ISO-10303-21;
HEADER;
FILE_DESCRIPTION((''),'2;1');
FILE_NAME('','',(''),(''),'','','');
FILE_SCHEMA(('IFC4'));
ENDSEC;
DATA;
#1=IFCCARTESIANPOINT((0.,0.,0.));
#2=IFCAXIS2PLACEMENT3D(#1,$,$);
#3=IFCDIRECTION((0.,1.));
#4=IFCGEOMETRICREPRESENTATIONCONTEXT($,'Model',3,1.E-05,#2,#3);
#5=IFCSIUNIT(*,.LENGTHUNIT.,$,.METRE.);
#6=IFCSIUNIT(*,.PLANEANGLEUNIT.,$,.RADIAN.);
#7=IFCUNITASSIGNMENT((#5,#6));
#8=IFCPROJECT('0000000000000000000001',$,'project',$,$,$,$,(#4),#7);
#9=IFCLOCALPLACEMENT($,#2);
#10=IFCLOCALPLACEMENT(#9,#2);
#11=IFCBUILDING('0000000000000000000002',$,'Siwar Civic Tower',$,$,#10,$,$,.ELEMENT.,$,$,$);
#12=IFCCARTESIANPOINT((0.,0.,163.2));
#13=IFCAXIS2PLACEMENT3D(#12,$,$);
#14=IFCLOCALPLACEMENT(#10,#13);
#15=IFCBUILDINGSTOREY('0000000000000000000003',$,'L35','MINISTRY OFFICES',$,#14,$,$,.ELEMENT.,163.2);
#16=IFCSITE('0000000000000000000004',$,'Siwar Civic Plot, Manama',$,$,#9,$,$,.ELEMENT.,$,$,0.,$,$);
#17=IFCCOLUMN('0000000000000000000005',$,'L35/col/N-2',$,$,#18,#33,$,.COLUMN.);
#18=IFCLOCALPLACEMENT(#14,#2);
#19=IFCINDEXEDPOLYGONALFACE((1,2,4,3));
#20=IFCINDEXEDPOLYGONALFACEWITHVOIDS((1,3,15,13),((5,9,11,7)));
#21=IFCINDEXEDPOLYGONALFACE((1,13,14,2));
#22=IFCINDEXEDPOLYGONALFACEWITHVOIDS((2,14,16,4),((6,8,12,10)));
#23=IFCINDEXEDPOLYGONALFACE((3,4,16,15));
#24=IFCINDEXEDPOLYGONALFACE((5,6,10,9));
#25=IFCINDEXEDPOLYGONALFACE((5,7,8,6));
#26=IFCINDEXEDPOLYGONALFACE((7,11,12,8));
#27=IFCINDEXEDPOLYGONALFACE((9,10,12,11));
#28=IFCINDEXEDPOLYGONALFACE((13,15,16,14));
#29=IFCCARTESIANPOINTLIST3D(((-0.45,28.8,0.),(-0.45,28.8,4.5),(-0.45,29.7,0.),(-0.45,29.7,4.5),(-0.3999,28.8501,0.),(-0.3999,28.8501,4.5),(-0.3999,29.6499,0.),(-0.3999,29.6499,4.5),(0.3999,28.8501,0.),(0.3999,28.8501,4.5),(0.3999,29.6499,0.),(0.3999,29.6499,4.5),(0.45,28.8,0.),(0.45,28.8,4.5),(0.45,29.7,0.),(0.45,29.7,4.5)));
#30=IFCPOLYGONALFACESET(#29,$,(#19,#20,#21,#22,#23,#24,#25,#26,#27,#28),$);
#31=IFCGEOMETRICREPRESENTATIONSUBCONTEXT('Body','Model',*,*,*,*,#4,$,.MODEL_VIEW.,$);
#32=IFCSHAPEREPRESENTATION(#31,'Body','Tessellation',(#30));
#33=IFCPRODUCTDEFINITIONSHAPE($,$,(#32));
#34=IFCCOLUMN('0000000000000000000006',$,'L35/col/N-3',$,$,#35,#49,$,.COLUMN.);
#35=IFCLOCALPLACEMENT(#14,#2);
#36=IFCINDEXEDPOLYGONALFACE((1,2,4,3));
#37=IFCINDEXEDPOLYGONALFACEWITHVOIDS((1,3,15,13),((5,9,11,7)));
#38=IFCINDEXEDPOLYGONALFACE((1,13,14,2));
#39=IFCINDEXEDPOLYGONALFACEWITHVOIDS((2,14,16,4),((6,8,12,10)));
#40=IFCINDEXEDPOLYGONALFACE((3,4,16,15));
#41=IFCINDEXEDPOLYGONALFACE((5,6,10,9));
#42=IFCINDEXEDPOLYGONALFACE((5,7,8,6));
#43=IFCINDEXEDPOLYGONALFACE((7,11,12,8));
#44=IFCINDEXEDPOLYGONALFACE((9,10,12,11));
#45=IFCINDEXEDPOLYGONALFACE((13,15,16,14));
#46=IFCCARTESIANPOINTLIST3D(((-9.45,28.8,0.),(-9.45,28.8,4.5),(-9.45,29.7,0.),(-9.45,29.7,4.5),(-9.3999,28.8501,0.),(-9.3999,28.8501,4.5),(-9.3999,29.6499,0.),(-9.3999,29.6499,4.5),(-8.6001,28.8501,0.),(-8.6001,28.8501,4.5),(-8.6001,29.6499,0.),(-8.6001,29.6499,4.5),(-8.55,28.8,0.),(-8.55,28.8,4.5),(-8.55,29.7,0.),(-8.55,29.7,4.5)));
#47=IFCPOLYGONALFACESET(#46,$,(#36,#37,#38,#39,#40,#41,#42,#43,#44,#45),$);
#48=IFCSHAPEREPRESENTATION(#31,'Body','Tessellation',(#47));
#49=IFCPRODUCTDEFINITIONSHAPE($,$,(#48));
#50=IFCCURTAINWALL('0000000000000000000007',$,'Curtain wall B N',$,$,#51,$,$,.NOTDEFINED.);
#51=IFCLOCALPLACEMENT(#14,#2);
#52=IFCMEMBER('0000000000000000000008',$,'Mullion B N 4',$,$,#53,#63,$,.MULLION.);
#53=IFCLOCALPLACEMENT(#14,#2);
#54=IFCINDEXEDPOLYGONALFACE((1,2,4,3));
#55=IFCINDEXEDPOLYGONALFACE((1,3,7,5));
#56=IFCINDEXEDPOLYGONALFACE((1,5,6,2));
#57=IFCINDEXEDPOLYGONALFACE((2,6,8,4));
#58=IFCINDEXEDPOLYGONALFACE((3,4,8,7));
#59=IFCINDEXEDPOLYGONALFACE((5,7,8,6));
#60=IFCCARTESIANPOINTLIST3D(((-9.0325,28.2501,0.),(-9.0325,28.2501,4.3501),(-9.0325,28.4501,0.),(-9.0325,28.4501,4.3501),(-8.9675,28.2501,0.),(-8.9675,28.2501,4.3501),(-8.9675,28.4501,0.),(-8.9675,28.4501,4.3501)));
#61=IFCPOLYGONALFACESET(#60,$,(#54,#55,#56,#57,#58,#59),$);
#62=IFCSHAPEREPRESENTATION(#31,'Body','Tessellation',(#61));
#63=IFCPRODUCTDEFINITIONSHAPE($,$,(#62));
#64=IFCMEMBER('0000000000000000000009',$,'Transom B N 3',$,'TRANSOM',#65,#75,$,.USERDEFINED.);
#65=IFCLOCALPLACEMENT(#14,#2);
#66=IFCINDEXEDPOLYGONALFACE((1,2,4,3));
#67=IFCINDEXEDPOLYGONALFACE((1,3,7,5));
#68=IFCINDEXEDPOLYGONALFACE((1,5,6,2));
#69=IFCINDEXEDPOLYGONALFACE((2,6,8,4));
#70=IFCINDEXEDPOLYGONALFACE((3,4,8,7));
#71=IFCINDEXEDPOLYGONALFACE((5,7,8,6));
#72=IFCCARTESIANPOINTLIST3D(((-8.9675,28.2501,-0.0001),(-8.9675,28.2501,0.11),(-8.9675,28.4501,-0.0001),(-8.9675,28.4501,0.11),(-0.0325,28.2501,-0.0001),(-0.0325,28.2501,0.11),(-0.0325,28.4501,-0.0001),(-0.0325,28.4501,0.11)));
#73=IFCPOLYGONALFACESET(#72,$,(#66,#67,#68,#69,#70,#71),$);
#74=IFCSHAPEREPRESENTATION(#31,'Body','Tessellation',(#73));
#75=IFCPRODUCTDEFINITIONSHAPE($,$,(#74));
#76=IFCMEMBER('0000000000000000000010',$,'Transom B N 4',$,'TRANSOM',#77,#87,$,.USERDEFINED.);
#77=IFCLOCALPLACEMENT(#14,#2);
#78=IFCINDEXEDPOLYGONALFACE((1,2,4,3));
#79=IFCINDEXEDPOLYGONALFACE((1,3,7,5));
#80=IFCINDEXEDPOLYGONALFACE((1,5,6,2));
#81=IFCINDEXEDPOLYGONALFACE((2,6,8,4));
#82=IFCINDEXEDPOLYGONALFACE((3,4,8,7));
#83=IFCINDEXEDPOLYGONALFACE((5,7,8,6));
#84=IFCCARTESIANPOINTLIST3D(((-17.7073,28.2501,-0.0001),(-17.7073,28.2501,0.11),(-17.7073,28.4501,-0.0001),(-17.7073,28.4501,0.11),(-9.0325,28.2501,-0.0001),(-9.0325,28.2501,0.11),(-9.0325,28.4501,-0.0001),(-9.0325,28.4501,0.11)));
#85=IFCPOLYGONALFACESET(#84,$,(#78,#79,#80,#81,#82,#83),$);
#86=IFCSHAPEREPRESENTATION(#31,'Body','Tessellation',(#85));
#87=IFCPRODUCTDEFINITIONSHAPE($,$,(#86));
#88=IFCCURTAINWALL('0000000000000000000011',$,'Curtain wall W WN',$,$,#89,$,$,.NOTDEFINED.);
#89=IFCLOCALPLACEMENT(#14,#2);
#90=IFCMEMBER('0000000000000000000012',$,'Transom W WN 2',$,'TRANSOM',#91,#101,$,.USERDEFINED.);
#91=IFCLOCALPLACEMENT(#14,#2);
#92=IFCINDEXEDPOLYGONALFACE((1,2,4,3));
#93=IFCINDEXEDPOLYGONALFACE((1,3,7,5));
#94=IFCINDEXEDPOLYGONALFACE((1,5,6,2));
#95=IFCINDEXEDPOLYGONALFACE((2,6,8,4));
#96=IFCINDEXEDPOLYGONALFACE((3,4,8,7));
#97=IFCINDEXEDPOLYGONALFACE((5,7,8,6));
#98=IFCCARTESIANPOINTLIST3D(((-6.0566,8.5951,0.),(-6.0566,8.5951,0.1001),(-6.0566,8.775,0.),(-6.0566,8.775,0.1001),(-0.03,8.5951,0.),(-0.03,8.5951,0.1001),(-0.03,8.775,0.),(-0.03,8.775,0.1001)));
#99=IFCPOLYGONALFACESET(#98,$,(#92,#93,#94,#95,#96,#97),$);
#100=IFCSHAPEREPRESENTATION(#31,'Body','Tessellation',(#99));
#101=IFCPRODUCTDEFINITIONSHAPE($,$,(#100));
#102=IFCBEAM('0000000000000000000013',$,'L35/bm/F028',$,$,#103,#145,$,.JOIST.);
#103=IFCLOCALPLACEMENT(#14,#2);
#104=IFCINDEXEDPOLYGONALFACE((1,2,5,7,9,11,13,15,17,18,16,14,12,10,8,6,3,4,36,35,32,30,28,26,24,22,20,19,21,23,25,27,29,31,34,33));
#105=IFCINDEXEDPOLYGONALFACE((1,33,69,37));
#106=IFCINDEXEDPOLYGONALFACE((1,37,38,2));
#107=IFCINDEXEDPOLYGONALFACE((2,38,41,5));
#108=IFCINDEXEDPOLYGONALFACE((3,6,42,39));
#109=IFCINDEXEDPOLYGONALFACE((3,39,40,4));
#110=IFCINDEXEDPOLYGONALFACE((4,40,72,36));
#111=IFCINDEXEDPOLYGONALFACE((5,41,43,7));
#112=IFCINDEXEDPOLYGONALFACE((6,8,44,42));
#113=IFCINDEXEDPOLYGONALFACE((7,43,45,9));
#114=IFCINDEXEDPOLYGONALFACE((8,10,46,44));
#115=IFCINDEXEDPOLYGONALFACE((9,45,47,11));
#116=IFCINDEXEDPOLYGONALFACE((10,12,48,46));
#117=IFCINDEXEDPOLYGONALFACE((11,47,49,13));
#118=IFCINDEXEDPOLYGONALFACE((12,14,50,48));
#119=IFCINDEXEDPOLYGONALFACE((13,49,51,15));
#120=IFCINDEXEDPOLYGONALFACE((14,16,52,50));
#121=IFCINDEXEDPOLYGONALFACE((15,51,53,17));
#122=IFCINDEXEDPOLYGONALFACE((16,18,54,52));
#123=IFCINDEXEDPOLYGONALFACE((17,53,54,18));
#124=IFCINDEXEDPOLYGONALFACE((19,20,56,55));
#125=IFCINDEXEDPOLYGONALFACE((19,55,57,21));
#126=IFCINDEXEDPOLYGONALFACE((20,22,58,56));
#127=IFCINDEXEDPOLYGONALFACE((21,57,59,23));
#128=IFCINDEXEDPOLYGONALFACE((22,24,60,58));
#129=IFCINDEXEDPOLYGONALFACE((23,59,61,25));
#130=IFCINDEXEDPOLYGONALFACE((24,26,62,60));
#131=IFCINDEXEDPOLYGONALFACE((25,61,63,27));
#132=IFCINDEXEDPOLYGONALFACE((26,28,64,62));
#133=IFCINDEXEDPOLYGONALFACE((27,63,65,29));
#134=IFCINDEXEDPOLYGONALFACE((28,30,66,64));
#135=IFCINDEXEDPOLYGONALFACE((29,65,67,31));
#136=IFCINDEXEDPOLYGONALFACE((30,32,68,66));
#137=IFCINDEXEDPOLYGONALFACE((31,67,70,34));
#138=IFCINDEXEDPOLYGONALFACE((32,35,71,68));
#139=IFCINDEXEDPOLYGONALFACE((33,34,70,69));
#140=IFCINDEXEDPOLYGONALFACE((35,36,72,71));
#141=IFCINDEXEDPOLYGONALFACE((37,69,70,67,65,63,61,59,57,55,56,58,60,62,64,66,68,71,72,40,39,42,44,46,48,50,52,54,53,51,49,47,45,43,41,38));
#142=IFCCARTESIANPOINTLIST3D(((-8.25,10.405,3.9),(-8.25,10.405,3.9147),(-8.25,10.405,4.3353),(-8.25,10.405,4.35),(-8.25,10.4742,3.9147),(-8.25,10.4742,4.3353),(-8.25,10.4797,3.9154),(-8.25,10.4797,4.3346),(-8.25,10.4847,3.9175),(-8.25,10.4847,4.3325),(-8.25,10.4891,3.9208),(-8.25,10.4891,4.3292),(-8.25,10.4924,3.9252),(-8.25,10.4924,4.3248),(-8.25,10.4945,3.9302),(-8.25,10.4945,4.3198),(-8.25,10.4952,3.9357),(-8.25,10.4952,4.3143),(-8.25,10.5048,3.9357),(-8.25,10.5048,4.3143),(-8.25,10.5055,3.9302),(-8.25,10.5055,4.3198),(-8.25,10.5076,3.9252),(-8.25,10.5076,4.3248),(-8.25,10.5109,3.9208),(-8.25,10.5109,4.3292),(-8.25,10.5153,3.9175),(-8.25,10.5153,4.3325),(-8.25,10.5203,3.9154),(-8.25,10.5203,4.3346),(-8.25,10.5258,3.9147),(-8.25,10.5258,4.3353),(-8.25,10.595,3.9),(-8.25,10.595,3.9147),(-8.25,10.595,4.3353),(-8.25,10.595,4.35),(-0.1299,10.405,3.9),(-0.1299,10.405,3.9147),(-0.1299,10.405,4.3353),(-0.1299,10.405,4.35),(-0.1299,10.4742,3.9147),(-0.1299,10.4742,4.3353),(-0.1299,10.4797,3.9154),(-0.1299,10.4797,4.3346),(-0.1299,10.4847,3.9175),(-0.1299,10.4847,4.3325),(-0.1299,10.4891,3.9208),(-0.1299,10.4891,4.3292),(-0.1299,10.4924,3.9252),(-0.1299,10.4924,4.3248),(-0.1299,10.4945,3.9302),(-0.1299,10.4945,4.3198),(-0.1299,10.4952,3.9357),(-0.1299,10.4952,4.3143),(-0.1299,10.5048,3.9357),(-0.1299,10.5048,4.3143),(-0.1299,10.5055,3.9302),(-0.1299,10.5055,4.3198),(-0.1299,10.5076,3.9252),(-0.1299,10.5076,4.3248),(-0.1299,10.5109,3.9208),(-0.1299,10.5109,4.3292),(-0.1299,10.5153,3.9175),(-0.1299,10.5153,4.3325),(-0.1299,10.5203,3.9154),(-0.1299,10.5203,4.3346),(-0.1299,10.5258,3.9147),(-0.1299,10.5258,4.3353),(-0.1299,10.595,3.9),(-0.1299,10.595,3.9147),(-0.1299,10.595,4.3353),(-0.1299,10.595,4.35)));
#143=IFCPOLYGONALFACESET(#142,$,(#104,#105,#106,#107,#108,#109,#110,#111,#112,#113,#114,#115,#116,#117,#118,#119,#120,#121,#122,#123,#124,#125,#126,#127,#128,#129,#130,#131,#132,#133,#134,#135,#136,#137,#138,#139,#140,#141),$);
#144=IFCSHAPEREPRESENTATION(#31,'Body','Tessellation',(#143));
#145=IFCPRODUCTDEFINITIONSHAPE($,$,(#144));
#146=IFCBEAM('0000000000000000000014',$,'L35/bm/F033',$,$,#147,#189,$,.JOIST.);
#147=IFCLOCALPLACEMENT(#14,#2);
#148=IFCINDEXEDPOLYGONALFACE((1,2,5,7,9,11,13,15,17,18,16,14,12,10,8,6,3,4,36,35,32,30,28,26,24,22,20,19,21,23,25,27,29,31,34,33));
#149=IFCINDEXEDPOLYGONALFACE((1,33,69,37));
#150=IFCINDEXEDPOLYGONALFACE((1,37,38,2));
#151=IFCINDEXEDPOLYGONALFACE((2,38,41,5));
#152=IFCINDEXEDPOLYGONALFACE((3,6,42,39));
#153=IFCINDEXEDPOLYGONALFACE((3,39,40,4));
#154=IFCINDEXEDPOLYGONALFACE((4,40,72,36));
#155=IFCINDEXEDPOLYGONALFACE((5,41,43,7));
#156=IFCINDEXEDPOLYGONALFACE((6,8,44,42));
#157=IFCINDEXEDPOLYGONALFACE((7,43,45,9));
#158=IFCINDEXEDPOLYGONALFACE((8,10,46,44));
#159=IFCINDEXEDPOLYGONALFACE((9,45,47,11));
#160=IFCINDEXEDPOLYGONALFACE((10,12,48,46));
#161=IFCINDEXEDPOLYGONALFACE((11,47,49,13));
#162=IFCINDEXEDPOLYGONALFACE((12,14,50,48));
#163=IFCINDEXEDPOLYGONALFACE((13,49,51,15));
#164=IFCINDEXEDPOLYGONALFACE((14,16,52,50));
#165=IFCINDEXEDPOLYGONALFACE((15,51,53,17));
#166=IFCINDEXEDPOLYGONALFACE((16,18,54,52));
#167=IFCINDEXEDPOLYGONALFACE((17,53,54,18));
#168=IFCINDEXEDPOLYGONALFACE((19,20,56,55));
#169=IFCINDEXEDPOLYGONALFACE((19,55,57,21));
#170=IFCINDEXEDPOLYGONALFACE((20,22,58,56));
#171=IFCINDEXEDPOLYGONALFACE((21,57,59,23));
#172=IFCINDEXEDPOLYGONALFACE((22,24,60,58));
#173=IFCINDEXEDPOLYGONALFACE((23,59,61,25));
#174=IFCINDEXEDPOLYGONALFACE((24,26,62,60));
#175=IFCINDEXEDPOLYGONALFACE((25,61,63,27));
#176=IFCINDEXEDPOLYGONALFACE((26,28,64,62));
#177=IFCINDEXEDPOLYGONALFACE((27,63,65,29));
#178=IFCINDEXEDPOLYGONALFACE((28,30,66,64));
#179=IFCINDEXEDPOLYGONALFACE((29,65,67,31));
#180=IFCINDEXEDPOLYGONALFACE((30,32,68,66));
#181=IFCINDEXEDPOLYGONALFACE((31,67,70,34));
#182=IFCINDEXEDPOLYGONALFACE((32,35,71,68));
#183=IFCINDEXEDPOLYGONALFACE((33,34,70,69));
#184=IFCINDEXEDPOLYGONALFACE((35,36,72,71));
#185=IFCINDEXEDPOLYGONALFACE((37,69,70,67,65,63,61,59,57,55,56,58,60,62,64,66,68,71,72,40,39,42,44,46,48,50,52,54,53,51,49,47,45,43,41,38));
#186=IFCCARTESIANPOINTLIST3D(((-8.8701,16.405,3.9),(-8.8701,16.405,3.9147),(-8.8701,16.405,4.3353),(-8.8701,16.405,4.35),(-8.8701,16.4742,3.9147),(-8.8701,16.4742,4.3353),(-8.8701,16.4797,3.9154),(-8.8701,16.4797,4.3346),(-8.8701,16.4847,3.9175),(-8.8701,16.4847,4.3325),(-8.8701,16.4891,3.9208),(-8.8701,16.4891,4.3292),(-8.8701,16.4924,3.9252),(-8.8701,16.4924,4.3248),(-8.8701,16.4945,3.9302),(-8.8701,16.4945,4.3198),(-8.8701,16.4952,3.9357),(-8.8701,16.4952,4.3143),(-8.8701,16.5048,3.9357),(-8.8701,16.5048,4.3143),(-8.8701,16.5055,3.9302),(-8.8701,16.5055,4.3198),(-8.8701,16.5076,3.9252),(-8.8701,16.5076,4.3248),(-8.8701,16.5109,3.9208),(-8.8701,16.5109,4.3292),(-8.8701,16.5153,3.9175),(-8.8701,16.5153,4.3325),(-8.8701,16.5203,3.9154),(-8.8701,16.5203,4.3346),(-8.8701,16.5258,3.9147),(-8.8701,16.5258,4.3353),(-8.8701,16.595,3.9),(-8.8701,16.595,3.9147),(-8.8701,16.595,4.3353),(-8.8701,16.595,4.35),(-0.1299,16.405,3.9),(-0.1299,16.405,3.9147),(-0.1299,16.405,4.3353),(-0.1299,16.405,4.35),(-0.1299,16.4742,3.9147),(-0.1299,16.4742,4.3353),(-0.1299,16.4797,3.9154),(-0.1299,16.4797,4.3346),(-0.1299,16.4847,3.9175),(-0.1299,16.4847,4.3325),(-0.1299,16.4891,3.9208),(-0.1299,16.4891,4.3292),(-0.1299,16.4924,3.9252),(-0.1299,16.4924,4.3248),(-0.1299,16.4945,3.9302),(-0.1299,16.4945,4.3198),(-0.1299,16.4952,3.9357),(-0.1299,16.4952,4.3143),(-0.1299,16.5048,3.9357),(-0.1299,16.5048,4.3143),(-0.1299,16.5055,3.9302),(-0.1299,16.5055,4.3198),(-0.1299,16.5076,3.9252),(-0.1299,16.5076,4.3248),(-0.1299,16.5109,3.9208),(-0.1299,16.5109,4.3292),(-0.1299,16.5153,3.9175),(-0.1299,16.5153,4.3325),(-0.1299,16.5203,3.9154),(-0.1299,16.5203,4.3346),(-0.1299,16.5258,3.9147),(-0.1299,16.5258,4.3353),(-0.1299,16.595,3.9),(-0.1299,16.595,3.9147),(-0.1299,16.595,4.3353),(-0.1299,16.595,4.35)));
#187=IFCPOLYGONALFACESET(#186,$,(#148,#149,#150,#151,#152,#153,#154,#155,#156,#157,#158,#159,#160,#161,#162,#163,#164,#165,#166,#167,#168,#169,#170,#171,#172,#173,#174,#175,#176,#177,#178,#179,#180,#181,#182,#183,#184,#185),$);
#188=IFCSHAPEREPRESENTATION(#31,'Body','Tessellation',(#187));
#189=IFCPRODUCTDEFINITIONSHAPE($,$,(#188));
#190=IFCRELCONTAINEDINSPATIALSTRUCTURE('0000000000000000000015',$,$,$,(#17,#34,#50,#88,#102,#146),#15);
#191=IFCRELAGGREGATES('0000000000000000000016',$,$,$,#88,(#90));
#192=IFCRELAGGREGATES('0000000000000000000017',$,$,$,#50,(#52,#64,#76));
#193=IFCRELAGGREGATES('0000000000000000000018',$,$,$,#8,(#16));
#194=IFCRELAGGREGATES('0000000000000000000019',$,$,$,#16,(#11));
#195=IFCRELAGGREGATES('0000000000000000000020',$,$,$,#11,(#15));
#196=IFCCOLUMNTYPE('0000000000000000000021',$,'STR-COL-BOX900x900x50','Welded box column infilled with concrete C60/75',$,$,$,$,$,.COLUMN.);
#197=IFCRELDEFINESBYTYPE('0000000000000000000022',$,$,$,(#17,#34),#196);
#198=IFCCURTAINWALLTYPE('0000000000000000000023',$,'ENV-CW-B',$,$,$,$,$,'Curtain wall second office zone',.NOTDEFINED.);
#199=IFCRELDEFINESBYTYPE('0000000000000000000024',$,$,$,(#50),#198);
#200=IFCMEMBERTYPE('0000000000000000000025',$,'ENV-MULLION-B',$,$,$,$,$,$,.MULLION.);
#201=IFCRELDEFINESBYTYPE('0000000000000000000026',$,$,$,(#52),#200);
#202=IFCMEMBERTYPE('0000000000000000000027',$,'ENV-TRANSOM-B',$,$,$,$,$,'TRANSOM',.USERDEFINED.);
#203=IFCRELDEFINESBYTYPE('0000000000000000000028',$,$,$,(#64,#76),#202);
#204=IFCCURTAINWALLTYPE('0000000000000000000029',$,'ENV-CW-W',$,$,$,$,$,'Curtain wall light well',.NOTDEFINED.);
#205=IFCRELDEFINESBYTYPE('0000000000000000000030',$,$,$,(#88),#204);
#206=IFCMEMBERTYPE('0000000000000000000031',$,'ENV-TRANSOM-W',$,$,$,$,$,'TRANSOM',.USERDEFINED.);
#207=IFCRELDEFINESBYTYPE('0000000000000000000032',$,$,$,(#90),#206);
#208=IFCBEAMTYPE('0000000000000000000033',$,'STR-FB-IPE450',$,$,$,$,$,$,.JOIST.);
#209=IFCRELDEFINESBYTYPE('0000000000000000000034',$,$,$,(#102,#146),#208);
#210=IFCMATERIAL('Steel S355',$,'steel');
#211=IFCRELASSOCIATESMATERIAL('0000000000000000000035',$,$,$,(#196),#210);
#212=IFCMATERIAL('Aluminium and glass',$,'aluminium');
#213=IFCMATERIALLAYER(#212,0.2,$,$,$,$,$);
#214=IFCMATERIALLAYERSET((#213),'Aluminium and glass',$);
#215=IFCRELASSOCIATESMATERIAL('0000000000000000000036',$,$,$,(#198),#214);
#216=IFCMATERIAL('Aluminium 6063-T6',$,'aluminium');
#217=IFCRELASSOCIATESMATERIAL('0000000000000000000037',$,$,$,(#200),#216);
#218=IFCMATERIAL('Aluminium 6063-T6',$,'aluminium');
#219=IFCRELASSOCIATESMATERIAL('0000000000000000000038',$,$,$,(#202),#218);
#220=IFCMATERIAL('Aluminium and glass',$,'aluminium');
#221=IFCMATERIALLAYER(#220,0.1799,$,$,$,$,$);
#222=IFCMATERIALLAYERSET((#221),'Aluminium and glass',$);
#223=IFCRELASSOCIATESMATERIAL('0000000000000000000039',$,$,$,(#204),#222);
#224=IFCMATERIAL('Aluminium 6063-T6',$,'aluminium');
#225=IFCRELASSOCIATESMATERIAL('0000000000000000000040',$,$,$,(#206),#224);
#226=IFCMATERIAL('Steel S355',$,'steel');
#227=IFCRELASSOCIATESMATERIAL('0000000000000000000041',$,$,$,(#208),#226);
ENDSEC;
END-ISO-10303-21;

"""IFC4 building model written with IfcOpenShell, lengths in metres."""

from ifc_helpers import new_model, si_unit, direction, frame, origin, origin_2d, place, context, subcontext, project, spatial, rectangle, hollow_rectangle, i_section, extrude, material, layer, layer_set, material_profile, profile_set, type_object, element, aggregate, save


model = new_model("IFC4")

# Units and contexts
model_context = context("Model", 3, precision=1e-05, world=origin(), true_north=direction((0.0, 1.0)))
body_context = subcontext(model_context, "Body", "Model", "MODEL_VIEW")
ifc_project = project(units=[si_unit("LENGTHUNIT", "METRE"), si_unit("PLANEANGLEUNIT", "RADIAN")], contexts=[model_context])

# Site, building, storey
site_placement = place(None, origin())
site = spatial("IfcSite", under=ifc_project, at=site_placement, Name="Siwar Civic Plot, Manama", CompositionType="ELEMENT", RefElevation=0.0)
building_placement = place(site_placement, origin())
building = spatial("IfcBuilding", under=site, at=building_placement, Name="Siwar Civic Tower", CompositionType="ELEMENT")
storey_placement = place(building_placement, frame((0.0, 0.0, 163.2)))
storey = spatial("IfcBuildingStorey", under=building, at=storey_placement, Name="L35", Description="MINISTRY OFFICES", CompositionType="ELEMENT", Elevation=163.2)

# Columns
ifc_material_1 = material(Name="Steel S355", Category="steel")
ifc_material_profile_1 = material_profile(ifc_material_1, hollow_rectangle(XDim=0.8999, YDim=0.8999, WallThickness=0.05, at=origin_2d()), Name="BOX900x900x50")
ifc_profile_set_1 = profile_set([ifc_material_profile_1], Name="Steel S355")
column_type = type_object("IfcColumnType", Name="STR-COL-BOX900x900x50", Description="Welded box column infilled with concrete C60/75", PredefinedType="COLUMN", material=ifc_profile_set_1)
for number, where, z_axis, x_axis, name in (
    (1, (0.0, 29.25, 0.0), (0.0, 0.0, 1.0), (1.0, 0.0, 0.0), "L35/col/N-2"),
    (2, (-9.0, 29.25, 0.0), (0.0, 0.0, 1.0), (1.0, 0.0, 0.0), "L35/col/N-3"),
):
    element("IfcColumn", number, at=place(storey_placement, frame(where, z_axis=z_axis, x_axis=x_axis)), inside=storey, type_object=column_type, Name=name, PredefinedType="COLUMN", context=body_context, shape_type="SweptSolid", body=[
        extrude(hollow_rectangle(XDim=0.8999, YDim=0.8999, WallThickness=0.05, at=origin_2d()), origin(), (0.0, 0.0, 1.0), 4.5),
    ])

# Curtain wall, members
ifc_material_2 = material(Name="Aluminium and glass", Category="aluminium")
ifc_layer_1 = layer(ifc_material_2, 0.2)
ifc_layer_set_1 = layer_set([ifc_layer_1], Name="Aluminium and glass")
curtain_wall_type_1 = type_object("IfcCurtainWallType", Name="ENV-CW-B", ElementType="Curtain wall second office zone", PredefinedType="NOTDEFINED", material=ifc_layer_set_1)
curtain_wall_1_placement = place(storey_placement, origin())
curtain_wall_1 = element("IfcCurtainWall", 3, at=curtain_wall_1_placement, inside=storey, type_object=curtain_wall_type_1, Name="Curtain wall B N", PredefinedType="NOTDEFINED")
ifc_material_3 = material(Name="Aluminium 6063-T6", Category="aluminium")
ifc_material_profile_2 = material_profile(ifc_material_3, rectangle(XDim=0.2, YDim=0.0649, at=origin_2d()), Name="AL 200x65")
ifc_profile_set_2 = profile_set([ifc_material_profile_2], Name="Aluminium 6063-T6")
member_type_1 = type_object("IfcMemberType", Name="ENV-MULLION-B", PredefinedType="MULLION", material=ifc_profile_set_2)
member_1_placement = place(storey_placement, frame((-9.0, 28.3501, 0.0), z_axis=(0.0, 0.0, 1.0), x_axis=(0.0, -1.0, 0.0)))
member_1 = element("IfcMember", 4, at=member_1_placement, type_object=member_type_1, Name="Mullion B N 4", PredefinedType="MULLION", context=body_context, shape_type="SweptSolid", body=[
    extrude(rectangle(XDim=0.2, YDim=0.0649, at=origin_2d()), origin(), (0.0, 0.0, 1.0), 4.3501),
])
ifc_material_4 = material(Name="Aluminium 6063-T6", Category="aluminium")
ifc_material_profile_3 = material_profile(ifc_material_4, rectangle(XDim=0.2, YDim=0.1101, at=origin_2d()), Name="AL 200x110")
ifc_profile_set_3 = profile_set([ifc_material_profile_3], Name="Aluminium 6063-T6")
member_type_2 = type_object("IfcMemberType", Name="ENV-TRANSOM-B", ElementType="TRANSOM", PredefinedType="USERDEFINED", material=ifc_profile_set_3)
member_2_placement = place(storey_placement, frame((-0.0325, 28.3501, 0.0549), z_axis=(-1.0, 0.0, 0.0), x_axis=(0.0, -1.0, 0.0)))
member_2 = element("IfcMember", 5, at=member_2_placement, type_object=member_type_2, Name="Transom B N 3", ObjectType="TRANSOM", PredefinedType="USERDEFINED", context=body_context, shape_type="SweptSolid", body=[
    extrude(rectangle(XDim=0.2, YDim=0.1101, at=origin_2d()), origin(), (0.0, 0.0, 1.0), 8.9351),
])
member_3_placement = place(storey_placement, frame((-9.0325, 28.3501, 0.0549), z_axis=(-1.0, 0.0, 0.0), x_axis=(0.0, -1.0, 0.0)))
member_3 = element("IfcMember", 6, at=member_3_placement, type_object=member_type_2, Name="Transom B N 4", ObjectType="TRANSOM", PredefinedType="USERDEFINED", context=body_context, shape_type="SweptSolid", body=[
    extrude(rectangle(XDim=0.2, YDim=0.1101, at=origin_2d()), origin(), (0.0, 0.0, 1.0), 8.6748),
])

# Curtain wall, member
ifc_material_5 = material(Name="Aluminium and glass", Category="aluminium")
ifc_layer_2 = layer(ifc_material_5, 0.1799)
ifc_layer_set_2 = layer_set([ifc_layer_2], Name="Aluminium and glass")
curtain_wall_type_2 = type_object("IfcCurtainWallType", Name="ENV-CW-W", ElementType="Curtain wall light well", PredefinedType="NOTDEFINED", material=ifc_layer_set_2)
curtain_wall_2_placement = place(storey_placement, origin())
curtain_wall_2 = element("IfcCurtainWall", 7, at=curtain_wall_2_placement, inside=storey, type_object=curtain_wall_type_2, Name="Curtain wall W WN", PredefinedType="NOTDEFINED")
ifc_material_6 = material(Name="Aluminium 6063-T6", Category="aluminium")
ifc_material_profile_4 = material_profile(ifc_material_6, rectangle(XDim=0.1799, YDim=0.1001, at=origin_2d()), Name="AL 180x100")
ifc_profile_set_4 = profile_set([ifc_material_profile_4], Name="Aluminium 6063-T6")
member_type_3 = type_object("IfcMemberType", Name="ENV-TRANSOM-W", ElementType="TRANSOM", PredefinedType="USERDEFINED", material=ifc_profile_set_4)
member_4_placement = place(storey_placement, frame((-0.03, 8.6851, 0.05), z_axis=(-1.0, 0.0, 0.0), x_axis=(0.0, -1.0, 0.0)))
member_4 = element("IfcMember", 8, at=member_4_placement, type_object=member_type_3, Name="Transom W WN 2", ObjectType="TRANSOM", PredefinedType="USERDEFINED", context=body_context, shape_type="SweptSolid", body=[
    extrude(rectangle(XDim=0.1799, YDim=0.1001, at=origin_2d()), origin(), (0.0, 0.0, 1.0), 6.0266),
])
aggregate(curtain_wall_2, [member_4])

# Beams
ifc_material_7 = material(Name="Steel S355", Category="steel")
ifc_material_profile_5 = material_profile(ifc_material_7, i_section(OverallWidth=0.1899, OverallDepth=0.45, WebThickness=0.0095, FlangeThickness=0.0146, FilletRadius=0.021, at=origin_2d()), Name="IPE450")
ifc_profile_set_5 = profile_set([ifc_material_profile_5], Name="Steel S355")
beam_type_1 = type_object("IfcBeamType", Name="STR-FB-IPE450", PredefinedType="JOIST", material=ifc_profile_set_5)
beam_1_placement = place(storey_placement, frame((-8.25, 10.5, 4.125), z_axis=(1.0, 0.0, 0.0), x_axis=(0.0, 1.0, 0.0)))
element("IfcBeam", 9, at=beam_1_placement, inside=storey, type_object=beam_type_1, Name="L35/bm/F028", PredefinedType="JOIST", context=body_context, shape_type="SweptSolid", body=[
    extrude(i_section(OverallWidth=0.1899, OverallDepth=0.45, WebThickness=0.0095, FlangeThickness=0.0146, FilletRadius=0.021, at=origin_2d()), origin(), (0.0, 0.0, 1.0), 8.1201),
])
for number, where, z_axis, x_axis, name in (
    (10, (-8.8701, 16.5, 4.125), (1.0, 0.0, 0.0), (0.0, 1.0, 0.0), "L35/bm/F033"),
):
    element("IfcBeam", number, at=place(storey_placement, frame(where, z_axis=z_axis, x_axis=x_axis)), inside=storey, type_object=beam_type_1, Name=name, PredefinedType="JOIST", context=body_context, shape_type="SweptSolid", body=[
        extrude(i_section(OverallWidth=0.1899, OverallDepth=0.45, WebThickness=0.0095, FlangeThickness=0.0146, FilletRadius=0.021, at=origin_2d()), origin(), (0.0, 0.0, 1.0), 8.7402),
    ])

aggregate(curtain_wall_1, [member_1, member_2, member_3])

save(model, "model.ifc")
